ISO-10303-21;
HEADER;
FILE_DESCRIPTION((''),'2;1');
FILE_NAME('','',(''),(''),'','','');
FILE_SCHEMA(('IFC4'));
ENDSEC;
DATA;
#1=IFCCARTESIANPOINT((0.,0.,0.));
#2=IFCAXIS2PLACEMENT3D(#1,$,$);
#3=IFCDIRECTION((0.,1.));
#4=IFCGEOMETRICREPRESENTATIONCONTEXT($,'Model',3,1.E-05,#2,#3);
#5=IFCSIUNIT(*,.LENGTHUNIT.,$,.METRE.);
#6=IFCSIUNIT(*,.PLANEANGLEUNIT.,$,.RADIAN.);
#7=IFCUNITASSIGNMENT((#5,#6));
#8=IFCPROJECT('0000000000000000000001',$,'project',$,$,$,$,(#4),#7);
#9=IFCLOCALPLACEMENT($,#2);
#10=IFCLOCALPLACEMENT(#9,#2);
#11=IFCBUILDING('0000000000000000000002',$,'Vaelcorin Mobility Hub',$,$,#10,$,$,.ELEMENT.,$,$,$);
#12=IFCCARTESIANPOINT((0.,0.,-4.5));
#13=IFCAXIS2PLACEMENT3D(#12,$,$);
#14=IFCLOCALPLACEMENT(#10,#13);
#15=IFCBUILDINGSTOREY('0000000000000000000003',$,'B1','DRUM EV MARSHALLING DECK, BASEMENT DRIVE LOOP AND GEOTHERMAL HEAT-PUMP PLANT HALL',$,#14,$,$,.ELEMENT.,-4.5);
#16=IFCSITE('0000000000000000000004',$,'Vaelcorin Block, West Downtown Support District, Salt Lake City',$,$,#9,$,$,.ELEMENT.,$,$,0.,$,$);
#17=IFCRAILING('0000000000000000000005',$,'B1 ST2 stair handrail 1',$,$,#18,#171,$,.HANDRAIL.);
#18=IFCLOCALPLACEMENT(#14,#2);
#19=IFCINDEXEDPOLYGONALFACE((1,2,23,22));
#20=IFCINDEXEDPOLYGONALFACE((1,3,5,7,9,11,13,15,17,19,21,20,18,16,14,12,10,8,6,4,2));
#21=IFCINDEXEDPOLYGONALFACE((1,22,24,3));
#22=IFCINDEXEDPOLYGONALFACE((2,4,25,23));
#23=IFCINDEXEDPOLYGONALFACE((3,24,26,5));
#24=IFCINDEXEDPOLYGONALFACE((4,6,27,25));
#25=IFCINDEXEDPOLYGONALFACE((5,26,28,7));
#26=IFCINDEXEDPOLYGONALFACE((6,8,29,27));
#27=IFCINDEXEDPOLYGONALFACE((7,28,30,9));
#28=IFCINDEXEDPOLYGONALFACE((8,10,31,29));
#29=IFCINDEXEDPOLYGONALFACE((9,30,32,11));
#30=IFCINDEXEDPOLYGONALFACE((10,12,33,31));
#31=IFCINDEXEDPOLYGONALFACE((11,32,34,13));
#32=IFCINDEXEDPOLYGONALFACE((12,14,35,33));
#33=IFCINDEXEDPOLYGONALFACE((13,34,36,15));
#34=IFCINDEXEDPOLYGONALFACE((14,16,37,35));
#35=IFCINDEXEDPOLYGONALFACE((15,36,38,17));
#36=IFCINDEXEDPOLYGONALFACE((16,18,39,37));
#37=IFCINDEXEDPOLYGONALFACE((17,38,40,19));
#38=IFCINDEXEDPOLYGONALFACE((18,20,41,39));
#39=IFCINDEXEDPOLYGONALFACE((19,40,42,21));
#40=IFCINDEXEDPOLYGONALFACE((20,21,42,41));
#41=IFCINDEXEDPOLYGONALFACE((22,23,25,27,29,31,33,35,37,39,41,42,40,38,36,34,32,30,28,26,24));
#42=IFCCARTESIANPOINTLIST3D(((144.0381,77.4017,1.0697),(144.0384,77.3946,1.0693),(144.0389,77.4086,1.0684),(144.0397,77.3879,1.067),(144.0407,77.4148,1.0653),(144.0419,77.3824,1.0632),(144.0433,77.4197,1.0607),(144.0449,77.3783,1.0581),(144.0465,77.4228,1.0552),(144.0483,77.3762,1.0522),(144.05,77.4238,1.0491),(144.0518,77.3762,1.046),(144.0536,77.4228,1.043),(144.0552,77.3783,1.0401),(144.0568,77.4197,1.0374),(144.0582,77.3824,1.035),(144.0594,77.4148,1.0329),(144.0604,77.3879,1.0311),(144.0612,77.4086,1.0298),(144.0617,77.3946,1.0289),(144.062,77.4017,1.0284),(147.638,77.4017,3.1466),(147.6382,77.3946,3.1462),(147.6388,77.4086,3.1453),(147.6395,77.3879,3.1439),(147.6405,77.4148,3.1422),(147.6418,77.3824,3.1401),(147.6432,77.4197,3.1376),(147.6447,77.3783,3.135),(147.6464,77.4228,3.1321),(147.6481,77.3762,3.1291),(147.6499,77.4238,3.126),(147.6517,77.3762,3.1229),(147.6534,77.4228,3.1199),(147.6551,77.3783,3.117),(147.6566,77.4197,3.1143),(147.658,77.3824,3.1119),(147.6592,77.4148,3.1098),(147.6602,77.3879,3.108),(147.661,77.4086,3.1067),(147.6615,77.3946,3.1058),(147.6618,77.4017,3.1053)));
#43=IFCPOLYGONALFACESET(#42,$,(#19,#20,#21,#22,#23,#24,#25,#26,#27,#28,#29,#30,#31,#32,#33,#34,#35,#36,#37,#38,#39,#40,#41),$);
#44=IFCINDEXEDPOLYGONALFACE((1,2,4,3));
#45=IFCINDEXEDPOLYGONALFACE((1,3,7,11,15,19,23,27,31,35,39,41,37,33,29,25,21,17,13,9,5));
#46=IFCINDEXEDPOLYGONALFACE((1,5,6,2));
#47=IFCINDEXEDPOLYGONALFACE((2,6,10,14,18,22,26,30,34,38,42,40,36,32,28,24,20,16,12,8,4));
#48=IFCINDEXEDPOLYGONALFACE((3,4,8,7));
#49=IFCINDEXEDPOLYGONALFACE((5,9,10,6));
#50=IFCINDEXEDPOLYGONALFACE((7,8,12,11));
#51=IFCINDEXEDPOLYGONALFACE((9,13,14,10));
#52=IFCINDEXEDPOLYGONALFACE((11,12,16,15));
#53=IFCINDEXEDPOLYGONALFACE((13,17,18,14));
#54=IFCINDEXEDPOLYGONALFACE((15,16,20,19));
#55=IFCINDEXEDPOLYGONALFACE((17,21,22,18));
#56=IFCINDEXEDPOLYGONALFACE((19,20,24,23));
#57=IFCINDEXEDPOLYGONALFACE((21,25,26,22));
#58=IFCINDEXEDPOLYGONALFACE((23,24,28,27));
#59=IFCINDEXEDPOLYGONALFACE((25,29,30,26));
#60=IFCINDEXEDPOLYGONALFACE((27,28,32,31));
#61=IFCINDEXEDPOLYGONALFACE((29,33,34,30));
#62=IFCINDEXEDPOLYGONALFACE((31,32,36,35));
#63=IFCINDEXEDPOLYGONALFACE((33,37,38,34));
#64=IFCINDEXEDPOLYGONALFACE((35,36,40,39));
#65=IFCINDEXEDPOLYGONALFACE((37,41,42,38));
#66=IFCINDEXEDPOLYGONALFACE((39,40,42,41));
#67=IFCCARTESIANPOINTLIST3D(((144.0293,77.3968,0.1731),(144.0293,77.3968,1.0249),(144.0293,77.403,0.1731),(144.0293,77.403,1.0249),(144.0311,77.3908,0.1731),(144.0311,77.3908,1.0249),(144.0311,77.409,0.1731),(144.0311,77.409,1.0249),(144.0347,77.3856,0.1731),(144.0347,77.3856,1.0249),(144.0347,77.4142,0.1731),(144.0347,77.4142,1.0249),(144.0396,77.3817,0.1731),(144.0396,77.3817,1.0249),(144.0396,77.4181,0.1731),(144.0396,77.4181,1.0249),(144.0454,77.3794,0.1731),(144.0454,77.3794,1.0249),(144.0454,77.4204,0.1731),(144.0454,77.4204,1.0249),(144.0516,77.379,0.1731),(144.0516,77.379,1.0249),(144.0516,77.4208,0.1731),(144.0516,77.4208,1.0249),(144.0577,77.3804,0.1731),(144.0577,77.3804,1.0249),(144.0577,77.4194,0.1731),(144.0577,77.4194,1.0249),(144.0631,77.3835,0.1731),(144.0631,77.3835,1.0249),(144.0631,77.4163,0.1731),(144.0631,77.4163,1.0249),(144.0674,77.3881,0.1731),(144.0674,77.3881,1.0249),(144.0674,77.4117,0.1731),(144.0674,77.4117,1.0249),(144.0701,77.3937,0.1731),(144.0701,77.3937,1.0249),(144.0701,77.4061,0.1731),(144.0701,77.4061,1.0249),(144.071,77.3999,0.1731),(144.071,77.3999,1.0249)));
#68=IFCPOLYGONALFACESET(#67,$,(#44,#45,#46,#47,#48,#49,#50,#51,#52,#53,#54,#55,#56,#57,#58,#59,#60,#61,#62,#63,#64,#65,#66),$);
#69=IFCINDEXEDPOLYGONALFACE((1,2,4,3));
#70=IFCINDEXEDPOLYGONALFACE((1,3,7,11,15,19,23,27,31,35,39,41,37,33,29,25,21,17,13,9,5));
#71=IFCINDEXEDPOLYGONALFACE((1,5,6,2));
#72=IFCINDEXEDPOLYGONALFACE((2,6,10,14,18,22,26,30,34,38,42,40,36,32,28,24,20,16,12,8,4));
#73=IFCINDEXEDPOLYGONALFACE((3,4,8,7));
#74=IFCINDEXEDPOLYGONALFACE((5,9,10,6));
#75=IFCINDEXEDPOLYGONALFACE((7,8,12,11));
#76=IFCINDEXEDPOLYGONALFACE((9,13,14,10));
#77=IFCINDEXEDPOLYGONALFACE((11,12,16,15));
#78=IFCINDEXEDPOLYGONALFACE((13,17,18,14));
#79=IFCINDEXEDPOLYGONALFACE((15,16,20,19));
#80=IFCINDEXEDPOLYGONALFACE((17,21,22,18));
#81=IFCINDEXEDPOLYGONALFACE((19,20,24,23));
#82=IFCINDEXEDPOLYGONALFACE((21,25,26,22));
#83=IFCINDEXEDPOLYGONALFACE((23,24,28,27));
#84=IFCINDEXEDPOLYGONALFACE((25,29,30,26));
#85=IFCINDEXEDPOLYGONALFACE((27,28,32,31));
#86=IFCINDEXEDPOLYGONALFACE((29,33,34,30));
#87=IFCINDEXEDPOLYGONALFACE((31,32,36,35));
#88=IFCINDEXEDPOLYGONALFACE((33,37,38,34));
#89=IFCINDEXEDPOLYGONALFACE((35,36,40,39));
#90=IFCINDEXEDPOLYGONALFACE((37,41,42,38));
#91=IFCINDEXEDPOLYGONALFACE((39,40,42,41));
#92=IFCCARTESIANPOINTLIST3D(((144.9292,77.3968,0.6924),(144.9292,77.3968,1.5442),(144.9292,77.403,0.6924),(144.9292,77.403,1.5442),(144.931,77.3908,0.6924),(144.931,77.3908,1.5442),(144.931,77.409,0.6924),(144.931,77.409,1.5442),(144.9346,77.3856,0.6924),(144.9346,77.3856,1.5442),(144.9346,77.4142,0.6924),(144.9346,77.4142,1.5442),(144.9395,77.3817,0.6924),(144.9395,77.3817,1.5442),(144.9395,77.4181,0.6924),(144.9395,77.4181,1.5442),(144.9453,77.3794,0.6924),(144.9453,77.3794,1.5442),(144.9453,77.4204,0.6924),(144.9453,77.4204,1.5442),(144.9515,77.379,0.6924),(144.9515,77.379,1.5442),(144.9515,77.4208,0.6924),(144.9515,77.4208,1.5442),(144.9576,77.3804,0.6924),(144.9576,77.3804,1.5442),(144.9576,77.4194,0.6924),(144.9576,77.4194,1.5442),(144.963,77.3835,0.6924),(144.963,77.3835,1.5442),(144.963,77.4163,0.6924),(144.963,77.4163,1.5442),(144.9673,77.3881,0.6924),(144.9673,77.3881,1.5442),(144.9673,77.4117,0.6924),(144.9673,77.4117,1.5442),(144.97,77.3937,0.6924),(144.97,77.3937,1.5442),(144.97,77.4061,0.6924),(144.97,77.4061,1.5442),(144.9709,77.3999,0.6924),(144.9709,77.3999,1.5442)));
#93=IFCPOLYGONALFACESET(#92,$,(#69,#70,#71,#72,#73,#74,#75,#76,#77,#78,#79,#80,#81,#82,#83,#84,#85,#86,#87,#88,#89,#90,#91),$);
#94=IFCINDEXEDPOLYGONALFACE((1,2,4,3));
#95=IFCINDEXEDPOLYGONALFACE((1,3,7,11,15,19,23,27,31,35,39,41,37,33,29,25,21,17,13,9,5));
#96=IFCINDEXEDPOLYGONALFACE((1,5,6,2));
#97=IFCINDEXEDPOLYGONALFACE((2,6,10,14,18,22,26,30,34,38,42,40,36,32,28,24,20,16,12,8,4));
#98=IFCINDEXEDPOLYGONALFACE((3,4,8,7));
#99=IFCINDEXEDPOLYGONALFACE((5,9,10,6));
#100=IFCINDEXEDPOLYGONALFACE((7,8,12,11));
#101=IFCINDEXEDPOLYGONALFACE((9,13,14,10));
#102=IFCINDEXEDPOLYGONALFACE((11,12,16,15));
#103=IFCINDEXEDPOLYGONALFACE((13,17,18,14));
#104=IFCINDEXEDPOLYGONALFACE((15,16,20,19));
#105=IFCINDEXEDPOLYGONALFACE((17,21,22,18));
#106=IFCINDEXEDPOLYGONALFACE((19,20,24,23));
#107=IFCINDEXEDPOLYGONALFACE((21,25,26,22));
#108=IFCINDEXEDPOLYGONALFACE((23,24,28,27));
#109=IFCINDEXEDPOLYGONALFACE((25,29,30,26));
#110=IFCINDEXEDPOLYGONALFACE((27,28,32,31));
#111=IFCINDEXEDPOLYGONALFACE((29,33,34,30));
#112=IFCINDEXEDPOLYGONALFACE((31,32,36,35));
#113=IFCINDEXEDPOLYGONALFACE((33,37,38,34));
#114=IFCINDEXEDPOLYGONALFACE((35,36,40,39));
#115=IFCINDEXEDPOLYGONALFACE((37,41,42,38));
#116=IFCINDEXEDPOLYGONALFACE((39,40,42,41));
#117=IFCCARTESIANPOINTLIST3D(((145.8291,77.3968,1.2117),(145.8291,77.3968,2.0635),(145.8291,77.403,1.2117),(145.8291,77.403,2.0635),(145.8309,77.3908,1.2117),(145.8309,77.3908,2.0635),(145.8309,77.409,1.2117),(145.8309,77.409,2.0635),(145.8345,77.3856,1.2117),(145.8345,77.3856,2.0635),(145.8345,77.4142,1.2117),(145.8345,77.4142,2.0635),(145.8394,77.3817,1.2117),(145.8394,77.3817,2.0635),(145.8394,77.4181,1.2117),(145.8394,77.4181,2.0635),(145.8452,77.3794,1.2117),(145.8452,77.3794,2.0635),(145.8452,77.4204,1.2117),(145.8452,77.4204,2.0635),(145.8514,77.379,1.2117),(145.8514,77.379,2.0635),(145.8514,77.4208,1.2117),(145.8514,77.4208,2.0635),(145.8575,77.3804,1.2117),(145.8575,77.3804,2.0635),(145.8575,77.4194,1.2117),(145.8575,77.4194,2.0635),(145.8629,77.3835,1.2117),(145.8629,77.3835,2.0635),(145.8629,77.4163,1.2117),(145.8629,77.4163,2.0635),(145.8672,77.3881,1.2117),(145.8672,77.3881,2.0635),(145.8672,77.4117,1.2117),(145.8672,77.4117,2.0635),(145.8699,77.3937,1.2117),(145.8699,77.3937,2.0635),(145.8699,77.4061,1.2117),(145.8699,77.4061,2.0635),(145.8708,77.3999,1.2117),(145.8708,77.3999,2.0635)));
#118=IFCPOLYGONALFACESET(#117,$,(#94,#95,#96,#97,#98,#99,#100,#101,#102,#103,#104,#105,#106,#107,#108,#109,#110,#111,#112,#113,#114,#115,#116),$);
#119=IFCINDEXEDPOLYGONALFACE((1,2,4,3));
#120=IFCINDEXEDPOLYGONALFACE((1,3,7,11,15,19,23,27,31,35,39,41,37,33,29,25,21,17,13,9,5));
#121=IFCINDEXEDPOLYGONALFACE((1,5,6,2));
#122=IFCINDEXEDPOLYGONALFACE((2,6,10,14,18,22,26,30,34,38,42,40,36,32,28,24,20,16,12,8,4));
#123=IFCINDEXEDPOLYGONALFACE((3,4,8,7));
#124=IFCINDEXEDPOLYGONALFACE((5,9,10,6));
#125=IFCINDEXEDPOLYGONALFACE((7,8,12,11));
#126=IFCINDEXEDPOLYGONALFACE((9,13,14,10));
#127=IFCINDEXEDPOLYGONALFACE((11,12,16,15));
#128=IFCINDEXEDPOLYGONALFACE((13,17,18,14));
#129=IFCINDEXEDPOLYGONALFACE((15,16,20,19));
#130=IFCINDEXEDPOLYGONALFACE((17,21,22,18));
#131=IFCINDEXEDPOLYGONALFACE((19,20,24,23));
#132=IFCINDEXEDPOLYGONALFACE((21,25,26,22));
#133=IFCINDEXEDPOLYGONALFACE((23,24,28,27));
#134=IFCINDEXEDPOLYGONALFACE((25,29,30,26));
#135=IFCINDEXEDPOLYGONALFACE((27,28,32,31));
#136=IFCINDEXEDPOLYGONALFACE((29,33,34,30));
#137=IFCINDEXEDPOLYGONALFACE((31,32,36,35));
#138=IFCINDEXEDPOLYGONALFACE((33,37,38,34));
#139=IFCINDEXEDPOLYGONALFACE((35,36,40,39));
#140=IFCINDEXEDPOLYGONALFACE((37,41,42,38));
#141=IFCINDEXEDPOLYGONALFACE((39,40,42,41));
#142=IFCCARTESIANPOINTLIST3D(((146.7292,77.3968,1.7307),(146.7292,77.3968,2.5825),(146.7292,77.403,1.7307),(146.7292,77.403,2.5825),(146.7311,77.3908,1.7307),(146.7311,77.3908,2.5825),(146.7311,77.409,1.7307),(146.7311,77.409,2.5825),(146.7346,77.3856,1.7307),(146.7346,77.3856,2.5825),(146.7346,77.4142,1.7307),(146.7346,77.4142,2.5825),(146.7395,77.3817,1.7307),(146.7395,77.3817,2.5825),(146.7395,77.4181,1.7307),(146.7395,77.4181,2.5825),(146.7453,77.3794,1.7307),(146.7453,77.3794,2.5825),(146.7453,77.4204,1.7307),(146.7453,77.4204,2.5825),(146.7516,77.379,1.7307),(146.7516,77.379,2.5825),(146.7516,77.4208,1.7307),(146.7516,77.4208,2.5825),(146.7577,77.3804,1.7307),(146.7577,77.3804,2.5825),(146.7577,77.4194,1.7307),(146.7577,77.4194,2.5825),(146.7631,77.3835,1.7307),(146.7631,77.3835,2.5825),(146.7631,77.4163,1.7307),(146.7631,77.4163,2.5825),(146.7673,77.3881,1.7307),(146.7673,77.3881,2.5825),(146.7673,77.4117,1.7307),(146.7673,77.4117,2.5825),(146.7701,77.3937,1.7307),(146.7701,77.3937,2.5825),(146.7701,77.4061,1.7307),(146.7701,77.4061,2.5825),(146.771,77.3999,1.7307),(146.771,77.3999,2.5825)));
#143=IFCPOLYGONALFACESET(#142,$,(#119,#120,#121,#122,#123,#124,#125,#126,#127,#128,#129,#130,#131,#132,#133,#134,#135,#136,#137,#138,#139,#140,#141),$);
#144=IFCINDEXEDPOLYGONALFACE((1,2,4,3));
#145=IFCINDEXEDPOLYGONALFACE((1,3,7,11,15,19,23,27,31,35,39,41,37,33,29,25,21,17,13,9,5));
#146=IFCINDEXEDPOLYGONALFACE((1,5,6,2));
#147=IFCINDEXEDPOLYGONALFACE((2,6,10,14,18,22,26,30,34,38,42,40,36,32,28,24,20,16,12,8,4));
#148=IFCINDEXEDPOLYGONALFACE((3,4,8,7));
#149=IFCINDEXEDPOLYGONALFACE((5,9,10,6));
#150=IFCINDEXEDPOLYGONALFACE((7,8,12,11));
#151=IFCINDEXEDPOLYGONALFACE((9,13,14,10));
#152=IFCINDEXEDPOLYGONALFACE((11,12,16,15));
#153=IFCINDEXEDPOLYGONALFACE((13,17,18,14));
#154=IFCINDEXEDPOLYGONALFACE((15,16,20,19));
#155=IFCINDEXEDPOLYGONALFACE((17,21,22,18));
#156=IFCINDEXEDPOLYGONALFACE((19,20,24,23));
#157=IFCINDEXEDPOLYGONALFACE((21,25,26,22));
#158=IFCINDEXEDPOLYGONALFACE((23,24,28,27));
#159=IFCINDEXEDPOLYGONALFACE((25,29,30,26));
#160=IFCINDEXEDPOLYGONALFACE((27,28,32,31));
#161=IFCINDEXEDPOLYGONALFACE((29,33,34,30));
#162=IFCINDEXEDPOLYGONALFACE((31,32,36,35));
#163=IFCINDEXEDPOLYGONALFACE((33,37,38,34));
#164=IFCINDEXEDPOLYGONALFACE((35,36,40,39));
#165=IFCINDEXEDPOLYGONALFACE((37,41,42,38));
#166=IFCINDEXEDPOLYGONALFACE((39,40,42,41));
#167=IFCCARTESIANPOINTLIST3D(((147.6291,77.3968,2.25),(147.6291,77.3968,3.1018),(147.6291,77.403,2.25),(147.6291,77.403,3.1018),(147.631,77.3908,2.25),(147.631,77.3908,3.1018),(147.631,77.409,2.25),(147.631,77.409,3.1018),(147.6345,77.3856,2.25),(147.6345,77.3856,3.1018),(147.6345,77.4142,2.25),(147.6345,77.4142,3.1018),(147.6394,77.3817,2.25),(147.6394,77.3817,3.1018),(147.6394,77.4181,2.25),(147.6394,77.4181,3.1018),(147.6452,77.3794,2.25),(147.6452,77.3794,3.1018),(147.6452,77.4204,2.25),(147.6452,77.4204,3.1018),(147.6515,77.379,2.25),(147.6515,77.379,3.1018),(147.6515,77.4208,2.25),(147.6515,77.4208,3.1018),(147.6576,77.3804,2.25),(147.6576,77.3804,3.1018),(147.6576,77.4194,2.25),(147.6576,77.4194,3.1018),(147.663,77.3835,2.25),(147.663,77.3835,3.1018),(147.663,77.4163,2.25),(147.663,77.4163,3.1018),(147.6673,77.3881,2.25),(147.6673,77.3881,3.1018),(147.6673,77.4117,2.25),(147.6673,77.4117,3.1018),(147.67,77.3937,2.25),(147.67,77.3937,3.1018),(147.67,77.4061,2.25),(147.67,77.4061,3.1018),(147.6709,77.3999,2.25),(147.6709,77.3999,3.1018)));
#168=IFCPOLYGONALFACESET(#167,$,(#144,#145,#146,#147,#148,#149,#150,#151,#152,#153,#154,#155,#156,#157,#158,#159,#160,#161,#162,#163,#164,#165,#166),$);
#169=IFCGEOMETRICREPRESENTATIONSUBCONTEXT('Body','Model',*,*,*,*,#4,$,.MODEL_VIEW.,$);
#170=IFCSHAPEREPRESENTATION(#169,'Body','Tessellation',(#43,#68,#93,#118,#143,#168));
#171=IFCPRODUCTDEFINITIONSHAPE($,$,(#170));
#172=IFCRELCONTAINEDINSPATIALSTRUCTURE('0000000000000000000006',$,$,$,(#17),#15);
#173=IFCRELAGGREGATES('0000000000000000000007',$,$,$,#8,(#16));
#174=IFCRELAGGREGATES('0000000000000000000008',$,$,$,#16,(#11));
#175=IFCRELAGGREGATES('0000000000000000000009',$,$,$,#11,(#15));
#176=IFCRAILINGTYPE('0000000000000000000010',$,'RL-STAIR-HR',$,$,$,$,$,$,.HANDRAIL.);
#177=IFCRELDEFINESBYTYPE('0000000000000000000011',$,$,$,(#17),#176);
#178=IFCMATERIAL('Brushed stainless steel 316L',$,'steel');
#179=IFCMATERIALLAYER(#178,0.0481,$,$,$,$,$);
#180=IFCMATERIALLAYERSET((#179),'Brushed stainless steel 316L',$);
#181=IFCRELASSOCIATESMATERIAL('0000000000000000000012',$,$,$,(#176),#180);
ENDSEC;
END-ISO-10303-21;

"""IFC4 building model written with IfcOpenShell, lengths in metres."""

from ifc_helpers import new_model, si_unit, direction, frame, origin, origin_2d, place, context, subcontext, project, spatial, circle, extrude, material, layer, layer_set, type_object, element, save


model = new_model("IFC4")

# Units and contexts
model_context = context("Model", 3, precision=1e-05, world=origin(), true_north=direction((0.0, 1.0)))
body_context = subcontext(model_context, "Body", "Model", "MODEL_VIEW")
ifc_project = project(units=[si_unit("LENGTHUNIT", "METRE"), si_unit("PLANEANGLEUNIT", "RADIAN")], contexts=[model_context])

# Site, building, storey
site_placement = place(None, origin())
site = spatial("IfcSite", under=ifc_project, at=site_placement, Name="Vaelcorin Block, West Downtown Support District, Salt Lake City", CompositionType="ELEMENT", RefElevation=0.0)
building_placement = place(site_placement, origin())
building = spatial("IfcBuilding", under=site, at=building_placement, Name="Vaelcorin Mobility Hub", CompositionType="ELEMENT")
storey_placement = place(building_placement, frame((0.0, 0.0, -4.5)))
storey = spatial("IfcBuildingStorey", under=building, at=storey_placement, Name="B1", Description="DRUM EV MARSHALLING DECK, BASEMENT DRIVE LOOP AND GEOTHERMAL HEAT-PUMP PLANT HALL", CompositionType="ELEMENT", Elevation=-4.5)

# Railing
ifc_material_1 = material(Name="Brushed stainless steel 316L", Category="steel")
ifc_layer_1 = layer(ifc_material_1, 0.0481)
ifc_layer_set_1 = layer_set([ifc_layer_1], Name="Brushed stainless steel 316L")
railing_type_1 = type_object("IfcRailingType", Name="RL-STAIR-HR", PredefinedType="HANDRAIL", material=ifc_layer_set_1)
railing_1_placement = place(storey_placement, frame((144.05, 77.3999, 0.1731)))
element("IfcRailing", 1, at=railing_1_placement, inside=storey, type_object=railing_type_1, Name="B1 ST2 stair handrail 1", PredefinedType="HANDRAIL", context=body_context, shape_type="SweptSolid", body=[
    extrude(circle(Radius=0.0239, at=origin_2d()), frame((0.0, 0.0, 0.876), z_axis=(0.866179, 0.0, 0.499734), x_axis=(0.0, 1.0, 0.0)), (0.0, 0.0, 1.0), 4.156),
    extrude(circle(Radius=0.021, at=origin_2d()), origin(), (0.0, 0.0, 1.0), 0.8518),
    extrude(circle(Radius=0.021, at=origin_2d()), frame((0.8999, 0.0, 0.5193)), (0.0, 0.0, 1.0), 0.8518),
    extrude(circle(Radius=0.021, at=origin_2d()), frame((1.7998, 0.0, 1.0386)), (0.0, 0.0, 1.0), 0.8518),
    extrude(circle(Radius=0.021, at=origin_2d()), frame((2.7, 0.0, 1.5576)), (0.0, 0.0, 1.0), 0.8518),
    extrude(circle(Radius=0.021, at=origin_2d()), frame((3.5999, 0.0, 2.0769)), (0.0, 0.0, 1.0), 0.8518),
])

save(model, "model.ifc")
